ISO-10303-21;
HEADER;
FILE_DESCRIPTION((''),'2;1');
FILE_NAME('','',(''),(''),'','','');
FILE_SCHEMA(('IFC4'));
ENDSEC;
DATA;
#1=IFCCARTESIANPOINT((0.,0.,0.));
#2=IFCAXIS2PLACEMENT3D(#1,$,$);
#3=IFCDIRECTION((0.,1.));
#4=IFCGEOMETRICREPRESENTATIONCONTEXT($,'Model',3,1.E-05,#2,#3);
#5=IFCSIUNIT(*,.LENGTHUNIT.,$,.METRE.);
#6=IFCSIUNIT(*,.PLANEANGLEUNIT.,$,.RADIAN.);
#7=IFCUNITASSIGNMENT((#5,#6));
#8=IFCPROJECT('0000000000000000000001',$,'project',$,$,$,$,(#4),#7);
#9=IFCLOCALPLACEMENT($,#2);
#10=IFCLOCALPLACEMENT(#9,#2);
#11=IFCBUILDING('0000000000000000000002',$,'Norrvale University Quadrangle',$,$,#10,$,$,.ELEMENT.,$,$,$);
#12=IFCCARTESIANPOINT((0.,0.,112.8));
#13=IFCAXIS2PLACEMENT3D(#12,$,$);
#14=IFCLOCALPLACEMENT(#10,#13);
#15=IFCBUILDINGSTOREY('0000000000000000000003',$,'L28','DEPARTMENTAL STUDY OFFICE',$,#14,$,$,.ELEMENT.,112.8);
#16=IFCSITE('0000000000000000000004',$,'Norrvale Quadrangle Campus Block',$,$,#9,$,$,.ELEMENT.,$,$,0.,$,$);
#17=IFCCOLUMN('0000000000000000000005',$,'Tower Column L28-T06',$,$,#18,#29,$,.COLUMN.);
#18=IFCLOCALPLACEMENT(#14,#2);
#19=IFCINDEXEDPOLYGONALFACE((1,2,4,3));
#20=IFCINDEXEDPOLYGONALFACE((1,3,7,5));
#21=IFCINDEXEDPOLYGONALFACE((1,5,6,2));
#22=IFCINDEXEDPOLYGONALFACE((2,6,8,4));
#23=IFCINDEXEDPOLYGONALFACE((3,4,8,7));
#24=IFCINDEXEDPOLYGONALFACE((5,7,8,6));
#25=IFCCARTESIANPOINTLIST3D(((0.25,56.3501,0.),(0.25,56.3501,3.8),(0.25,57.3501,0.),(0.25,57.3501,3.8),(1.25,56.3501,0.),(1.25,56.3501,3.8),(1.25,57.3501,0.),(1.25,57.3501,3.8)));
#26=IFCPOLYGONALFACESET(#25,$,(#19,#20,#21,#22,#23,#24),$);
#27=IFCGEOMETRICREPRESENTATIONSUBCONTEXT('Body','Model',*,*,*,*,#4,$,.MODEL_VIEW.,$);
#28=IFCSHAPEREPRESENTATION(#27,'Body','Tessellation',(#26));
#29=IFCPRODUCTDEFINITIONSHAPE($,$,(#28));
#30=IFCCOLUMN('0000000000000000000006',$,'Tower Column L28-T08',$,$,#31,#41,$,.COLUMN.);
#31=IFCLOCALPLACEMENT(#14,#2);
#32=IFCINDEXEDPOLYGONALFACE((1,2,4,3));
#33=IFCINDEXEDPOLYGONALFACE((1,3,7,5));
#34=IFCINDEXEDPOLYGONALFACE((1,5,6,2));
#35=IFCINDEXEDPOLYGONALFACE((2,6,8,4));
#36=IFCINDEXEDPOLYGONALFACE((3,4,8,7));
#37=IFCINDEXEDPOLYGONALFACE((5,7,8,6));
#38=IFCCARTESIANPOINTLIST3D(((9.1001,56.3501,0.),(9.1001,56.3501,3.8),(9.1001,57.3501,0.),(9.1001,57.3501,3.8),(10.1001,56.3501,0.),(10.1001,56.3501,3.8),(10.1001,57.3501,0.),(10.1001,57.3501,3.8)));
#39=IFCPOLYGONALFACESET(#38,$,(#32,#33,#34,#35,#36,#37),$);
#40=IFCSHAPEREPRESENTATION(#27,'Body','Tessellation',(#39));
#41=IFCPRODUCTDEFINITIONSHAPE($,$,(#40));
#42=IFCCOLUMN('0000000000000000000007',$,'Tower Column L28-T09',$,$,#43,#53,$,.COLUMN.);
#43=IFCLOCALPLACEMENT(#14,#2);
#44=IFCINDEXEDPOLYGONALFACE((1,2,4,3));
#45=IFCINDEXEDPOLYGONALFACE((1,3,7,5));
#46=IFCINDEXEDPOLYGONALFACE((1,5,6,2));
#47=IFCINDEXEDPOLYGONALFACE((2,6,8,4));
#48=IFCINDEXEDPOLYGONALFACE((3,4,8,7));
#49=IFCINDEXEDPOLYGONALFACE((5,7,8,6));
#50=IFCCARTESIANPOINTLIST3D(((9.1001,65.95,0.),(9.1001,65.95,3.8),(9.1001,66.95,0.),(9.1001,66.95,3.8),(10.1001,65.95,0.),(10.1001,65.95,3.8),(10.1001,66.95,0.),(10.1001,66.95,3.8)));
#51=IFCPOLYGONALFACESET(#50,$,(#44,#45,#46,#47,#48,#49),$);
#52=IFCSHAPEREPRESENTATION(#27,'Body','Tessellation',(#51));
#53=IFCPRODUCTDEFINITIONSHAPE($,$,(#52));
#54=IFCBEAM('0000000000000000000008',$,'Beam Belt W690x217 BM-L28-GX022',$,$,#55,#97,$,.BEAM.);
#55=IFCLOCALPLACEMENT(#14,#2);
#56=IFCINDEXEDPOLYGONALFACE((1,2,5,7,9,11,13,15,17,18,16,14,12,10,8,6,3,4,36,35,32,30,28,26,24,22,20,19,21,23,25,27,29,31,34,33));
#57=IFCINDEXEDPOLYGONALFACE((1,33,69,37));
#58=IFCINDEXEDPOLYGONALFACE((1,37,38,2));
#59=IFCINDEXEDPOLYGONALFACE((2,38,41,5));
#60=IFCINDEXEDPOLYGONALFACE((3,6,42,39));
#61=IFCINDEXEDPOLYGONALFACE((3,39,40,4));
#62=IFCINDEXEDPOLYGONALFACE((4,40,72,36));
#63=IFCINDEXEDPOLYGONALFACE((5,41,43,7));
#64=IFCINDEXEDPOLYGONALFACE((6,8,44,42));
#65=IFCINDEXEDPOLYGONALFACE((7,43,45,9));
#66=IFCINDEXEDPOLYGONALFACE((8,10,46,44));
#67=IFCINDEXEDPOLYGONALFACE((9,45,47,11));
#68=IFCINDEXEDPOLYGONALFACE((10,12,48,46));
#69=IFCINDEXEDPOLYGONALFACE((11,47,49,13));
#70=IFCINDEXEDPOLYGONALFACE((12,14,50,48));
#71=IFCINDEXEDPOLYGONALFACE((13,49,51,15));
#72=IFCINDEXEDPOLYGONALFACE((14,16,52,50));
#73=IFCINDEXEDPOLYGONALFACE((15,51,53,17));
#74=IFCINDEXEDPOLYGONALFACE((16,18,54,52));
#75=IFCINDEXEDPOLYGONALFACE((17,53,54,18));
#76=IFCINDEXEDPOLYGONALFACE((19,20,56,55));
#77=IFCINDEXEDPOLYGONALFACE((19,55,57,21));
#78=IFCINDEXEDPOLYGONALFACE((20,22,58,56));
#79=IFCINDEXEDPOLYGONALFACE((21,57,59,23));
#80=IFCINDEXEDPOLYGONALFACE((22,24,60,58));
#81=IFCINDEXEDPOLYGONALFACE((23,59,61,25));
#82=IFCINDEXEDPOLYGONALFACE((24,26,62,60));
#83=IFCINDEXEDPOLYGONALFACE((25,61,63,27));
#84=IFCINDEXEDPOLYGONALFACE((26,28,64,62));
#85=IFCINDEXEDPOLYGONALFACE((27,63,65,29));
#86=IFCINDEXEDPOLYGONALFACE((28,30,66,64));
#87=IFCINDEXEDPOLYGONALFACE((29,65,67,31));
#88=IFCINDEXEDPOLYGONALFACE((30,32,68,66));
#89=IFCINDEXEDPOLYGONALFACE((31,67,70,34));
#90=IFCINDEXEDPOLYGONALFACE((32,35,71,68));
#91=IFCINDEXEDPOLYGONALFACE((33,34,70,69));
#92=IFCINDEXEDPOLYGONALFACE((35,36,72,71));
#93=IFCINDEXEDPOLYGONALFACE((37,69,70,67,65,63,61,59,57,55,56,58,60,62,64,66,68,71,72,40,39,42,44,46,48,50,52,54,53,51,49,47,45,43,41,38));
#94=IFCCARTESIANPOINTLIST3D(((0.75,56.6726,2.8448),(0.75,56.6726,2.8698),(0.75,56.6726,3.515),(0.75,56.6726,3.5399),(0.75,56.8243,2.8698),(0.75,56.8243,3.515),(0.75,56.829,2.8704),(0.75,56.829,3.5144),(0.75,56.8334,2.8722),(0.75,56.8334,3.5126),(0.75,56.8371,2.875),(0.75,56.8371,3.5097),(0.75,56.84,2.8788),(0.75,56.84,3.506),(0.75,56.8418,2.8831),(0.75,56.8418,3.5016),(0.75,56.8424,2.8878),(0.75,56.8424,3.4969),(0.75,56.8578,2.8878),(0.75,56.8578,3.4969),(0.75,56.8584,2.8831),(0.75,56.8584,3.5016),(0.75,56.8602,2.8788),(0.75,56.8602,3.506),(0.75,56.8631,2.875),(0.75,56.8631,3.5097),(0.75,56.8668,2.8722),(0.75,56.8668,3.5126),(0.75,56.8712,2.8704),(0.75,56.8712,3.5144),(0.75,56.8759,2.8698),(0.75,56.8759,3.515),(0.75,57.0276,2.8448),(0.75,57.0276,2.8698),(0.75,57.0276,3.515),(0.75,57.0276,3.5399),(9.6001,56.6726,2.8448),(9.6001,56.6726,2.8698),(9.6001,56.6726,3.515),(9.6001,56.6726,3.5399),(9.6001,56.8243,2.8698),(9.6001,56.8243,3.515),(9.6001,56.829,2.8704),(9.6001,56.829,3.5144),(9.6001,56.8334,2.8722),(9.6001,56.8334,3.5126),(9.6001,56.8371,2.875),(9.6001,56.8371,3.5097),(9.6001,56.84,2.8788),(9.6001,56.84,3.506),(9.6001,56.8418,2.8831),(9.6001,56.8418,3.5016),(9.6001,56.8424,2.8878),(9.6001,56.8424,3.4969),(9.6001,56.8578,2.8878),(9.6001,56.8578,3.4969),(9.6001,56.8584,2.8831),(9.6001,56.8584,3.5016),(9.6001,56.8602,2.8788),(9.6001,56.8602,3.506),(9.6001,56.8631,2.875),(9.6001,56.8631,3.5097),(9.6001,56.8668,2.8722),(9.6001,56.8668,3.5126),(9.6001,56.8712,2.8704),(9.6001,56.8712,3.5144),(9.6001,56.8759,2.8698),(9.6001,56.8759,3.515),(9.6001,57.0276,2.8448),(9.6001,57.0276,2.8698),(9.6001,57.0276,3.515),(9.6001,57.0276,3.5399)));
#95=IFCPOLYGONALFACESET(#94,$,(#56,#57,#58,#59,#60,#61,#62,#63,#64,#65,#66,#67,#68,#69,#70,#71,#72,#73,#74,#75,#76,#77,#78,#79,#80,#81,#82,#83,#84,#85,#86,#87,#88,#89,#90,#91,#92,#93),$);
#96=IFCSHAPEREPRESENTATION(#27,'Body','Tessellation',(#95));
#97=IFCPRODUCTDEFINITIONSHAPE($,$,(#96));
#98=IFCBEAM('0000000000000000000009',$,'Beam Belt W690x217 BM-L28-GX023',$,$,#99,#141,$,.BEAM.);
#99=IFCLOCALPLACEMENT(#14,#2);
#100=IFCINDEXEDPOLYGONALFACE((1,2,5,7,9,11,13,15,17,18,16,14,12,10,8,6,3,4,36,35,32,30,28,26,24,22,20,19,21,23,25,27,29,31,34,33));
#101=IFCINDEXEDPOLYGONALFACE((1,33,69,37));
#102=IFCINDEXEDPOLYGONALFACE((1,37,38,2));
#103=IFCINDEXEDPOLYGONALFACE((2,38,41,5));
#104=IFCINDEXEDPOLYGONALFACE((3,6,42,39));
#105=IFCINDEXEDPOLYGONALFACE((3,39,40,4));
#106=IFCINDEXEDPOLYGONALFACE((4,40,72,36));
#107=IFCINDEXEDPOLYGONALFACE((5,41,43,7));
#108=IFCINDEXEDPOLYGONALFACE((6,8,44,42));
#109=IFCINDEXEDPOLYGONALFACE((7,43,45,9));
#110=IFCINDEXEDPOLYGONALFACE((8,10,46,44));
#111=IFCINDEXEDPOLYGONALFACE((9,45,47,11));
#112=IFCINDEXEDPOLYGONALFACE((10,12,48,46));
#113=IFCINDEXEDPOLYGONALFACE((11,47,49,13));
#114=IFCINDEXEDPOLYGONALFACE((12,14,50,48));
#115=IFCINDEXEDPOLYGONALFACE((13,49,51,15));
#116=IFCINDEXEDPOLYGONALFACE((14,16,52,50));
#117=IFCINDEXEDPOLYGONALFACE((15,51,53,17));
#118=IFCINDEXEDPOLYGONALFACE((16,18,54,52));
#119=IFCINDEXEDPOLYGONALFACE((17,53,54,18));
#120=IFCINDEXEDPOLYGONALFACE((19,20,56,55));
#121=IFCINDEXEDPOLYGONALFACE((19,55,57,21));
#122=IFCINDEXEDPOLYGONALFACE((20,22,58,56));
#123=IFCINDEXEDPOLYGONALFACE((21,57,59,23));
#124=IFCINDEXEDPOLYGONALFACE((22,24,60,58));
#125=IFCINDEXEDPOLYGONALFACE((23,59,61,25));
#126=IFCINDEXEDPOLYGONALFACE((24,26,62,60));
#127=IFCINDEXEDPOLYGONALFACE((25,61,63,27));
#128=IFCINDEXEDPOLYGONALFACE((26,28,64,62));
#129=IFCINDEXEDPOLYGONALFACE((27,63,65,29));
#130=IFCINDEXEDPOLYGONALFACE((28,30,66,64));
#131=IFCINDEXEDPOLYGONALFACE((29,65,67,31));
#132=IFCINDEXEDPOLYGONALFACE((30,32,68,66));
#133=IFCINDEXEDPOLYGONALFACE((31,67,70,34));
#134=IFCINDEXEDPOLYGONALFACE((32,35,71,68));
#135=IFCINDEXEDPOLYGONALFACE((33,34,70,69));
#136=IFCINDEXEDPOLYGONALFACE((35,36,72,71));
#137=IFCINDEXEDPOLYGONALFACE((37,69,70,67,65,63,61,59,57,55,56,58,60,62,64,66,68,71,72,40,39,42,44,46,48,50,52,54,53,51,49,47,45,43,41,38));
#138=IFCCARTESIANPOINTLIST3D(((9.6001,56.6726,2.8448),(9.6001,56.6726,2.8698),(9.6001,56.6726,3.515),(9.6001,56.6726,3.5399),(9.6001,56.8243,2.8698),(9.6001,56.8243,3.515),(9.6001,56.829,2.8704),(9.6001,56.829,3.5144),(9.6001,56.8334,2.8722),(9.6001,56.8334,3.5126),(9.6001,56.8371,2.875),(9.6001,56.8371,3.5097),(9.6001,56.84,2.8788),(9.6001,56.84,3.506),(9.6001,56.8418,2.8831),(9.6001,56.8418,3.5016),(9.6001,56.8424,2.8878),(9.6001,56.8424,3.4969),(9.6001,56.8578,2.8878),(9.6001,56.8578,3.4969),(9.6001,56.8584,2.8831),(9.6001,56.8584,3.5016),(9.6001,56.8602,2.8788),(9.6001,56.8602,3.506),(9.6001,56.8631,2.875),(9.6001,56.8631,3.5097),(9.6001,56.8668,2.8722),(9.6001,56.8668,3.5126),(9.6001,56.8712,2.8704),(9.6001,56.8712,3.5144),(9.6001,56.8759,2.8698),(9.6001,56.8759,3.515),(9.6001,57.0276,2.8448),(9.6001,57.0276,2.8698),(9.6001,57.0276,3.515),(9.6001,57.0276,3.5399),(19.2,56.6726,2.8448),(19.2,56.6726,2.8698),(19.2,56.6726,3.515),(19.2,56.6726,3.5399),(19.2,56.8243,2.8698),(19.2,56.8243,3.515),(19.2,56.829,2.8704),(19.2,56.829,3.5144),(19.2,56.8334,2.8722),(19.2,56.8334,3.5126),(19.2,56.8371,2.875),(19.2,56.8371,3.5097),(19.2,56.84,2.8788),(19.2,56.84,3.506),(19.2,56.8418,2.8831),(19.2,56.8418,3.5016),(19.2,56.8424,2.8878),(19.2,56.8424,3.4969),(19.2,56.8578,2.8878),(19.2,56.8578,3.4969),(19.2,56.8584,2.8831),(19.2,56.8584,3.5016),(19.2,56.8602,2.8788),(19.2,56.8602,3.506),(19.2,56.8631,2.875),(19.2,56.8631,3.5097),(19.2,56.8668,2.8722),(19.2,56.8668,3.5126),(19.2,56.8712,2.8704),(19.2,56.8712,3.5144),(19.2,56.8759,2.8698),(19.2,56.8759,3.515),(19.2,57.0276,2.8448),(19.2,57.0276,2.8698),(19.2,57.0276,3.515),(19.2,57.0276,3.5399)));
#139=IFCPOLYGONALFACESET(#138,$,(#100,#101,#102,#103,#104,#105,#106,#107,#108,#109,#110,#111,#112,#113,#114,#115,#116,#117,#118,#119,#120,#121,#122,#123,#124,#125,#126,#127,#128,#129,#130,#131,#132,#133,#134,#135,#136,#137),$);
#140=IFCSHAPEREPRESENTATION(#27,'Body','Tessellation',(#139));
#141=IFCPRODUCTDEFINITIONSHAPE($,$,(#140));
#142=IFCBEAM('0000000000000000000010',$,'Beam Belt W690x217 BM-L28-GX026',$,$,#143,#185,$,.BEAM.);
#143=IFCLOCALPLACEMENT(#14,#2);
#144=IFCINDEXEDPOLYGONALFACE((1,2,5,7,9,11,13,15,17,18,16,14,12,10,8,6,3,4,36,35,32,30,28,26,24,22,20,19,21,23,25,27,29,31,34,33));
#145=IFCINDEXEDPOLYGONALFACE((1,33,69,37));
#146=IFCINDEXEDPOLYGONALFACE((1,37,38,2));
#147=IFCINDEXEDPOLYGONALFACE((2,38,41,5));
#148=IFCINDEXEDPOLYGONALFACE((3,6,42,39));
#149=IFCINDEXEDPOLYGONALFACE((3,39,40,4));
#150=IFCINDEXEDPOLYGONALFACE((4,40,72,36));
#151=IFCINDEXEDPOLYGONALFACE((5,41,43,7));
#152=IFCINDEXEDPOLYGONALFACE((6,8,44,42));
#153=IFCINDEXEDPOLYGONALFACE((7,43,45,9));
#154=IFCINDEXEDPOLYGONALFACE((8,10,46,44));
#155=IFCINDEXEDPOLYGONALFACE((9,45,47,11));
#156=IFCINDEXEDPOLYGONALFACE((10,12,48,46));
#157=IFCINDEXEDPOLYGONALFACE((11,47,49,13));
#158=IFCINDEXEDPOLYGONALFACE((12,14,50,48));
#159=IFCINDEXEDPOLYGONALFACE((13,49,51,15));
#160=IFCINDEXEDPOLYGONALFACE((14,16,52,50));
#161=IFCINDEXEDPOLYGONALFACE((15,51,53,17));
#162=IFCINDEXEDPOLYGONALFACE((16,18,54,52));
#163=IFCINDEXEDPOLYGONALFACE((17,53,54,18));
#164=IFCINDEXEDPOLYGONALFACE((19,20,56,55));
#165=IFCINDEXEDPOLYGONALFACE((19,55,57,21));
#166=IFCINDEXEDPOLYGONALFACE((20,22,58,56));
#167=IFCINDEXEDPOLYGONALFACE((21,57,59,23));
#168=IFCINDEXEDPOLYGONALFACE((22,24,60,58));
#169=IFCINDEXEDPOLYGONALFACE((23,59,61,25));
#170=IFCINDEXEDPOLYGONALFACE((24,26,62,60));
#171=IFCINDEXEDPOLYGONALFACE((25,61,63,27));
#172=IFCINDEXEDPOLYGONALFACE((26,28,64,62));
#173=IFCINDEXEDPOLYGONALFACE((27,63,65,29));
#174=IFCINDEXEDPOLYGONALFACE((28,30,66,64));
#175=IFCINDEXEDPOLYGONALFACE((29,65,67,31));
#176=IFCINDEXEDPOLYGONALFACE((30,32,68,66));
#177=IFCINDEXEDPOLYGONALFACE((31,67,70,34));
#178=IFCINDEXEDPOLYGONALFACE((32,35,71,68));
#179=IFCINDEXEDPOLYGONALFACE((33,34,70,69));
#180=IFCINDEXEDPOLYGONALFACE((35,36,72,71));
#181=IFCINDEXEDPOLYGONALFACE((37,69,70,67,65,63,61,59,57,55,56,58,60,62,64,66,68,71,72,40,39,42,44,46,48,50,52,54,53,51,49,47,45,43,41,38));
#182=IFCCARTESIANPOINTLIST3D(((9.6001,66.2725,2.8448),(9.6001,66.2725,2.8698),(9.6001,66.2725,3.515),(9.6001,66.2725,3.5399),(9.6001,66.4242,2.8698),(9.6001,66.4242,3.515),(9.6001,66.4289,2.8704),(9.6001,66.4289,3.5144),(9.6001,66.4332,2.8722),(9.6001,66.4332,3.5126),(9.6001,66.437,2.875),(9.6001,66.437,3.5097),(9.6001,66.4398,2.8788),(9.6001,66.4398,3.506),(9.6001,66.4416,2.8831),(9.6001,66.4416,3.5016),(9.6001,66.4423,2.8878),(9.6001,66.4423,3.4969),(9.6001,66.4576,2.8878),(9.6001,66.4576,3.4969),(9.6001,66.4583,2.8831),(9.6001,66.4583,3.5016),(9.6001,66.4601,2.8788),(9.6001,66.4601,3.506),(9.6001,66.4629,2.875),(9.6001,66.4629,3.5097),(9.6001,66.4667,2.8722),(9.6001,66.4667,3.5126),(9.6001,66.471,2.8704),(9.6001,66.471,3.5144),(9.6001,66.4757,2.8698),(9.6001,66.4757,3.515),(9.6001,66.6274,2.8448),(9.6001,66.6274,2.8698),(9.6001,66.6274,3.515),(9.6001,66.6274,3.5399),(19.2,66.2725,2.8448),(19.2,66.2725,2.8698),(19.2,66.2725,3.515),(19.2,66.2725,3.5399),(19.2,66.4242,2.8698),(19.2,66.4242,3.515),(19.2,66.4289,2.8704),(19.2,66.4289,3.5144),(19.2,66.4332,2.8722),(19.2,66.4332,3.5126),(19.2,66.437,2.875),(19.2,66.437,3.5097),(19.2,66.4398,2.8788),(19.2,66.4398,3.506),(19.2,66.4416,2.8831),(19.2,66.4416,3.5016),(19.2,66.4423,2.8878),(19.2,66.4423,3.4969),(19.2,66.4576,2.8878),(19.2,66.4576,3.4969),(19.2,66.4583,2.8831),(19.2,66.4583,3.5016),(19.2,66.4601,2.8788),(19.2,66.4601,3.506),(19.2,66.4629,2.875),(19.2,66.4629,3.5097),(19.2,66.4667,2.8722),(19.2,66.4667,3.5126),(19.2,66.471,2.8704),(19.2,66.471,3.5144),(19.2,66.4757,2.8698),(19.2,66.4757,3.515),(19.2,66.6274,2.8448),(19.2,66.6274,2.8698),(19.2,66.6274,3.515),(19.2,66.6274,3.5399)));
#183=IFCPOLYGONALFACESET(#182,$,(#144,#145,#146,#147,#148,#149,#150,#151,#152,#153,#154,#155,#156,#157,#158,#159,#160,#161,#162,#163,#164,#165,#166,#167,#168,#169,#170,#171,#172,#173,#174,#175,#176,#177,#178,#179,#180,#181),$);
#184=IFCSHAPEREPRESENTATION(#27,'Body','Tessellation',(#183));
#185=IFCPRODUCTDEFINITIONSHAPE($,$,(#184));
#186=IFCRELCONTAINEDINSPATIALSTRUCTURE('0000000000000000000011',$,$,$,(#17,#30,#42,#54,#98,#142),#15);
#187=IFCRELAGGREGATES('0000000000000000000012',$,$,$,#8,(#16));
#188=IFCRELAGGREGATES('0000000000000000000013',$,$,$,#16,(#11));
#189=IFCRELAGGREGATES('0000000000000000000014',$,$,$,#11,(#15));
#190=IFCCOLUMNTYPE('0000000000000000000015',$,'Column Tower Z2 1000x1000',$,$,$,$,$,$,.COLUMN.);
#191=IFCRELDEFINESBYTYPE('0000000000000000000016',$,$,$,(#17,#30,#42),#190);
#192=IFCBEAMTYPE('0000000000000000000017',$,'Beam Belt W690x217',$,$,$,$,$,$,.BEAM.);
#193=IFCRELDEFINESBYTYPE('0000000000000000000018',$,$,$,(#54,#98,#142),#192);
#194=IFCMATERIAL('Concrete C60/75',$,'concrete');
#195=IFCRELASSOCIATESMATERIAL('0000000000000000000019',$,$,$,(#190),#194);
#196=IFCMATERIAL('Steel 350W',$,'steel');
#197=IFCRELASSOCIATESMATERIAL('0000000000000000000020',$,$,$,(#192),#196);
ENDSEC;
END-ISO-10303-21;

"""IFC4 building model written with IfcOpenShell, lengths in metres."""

from ifc_helpers import new_model, si_unit, direction, frame, origin, origin_2d, place, context, subcontext, project, spatial, rectangle, i_section, extrude, material, material_profile, profile_set, type_object, element, save


model = new_model("IFC4")

# Units and contexts
model_context = context("Model", 3, precision=1e-05, world=origin(), true_north=direction((0.0, 1.0)))
body_context = subcontext(model_context, "Body", "Model", "MODEL_VIEW")
ifc_project = project(units=[si_unit("LENGTHUNIT", "METRE"), si_unit("PLANEANGLEUNIT", "RADIAN")], contexts=[model_context])

# Site, building, storey
site_placement = place(None, origin())
site = spatial("IfcSite", under=ifc_project, at=site_placement, Name="Norrvale Quadrangle Campus Block", CompositionType="ELEMENT", RefElevation=0.0)
building_placement = place(site_placement, origin())
building = spatial("IfcBuilding", under=site, at=building_placement, Name="Norrvale University Quadrangle", CompositionType="ELEMENT")
storey_placement = place(building_placement, frame((0.0, 0.0, 112.8)))
storey = spatial("IfcBuildingStorey", under=building, at=storey_placement, Name="L28", Description="DEPARTMENTAL STUDY OFFICE", CompositionType="ELEMENT", Elevation=112.8)

# Columns
ifc_material_1 = material(Name="Concrete C60/75", Category="concrete")
ifc_material_profile_1 = material_profile(ifc_material_1, rectangle(XDim=1.0, YDim=1.0, at=origin_2d()), Name="Concrete C60/75")
ifc_profile_set_1 = profile_set([ifc_material_profile_1], Name="Concrete C60/75")
column_type = type_object("IfcColumnType", Name="Column Tower Z2 1000x1000", PredefinedType="COLUMN", material=ifc_profile_set_1)
for number, where, z_axis, x_axis, name in (
    (1, (0.75, 56.8501, 0.0), (0.0, 0.0, 1.0), (1.0, 0.0, 0.0), "Tower Column L28-T06"),
    (2, (9.6001, 56.8501, 0.0), (0.0, 0.0, 1.0), (1.0, 0.0, 0.0), "Tower Column L28-T08"),
    (3, (9.6001, 66.45, 0.0), (0.0, 0.0, 1.0), (1.0, 0.0, 0.0), "Tower Column L28-T09"),
):
    element("IfcColumn", number, at=place(storey_placement, frame(where, z_axis=z_axis, x_axis=x_axis)), inside=storey, type_object=column_type, Name=name, PredefinedType="COLUMN", context=body_context, shape_type="SweptSolid", body=[
        extrude(rectangle(XDim=1.0, YDim=1.0, at=origin_2d()), origin(), (0.0, 0.0, 1.0), 3.8),
    ])

# Beams
ifc_material_2 = material(Name="Steel 350W", Category="steel")
ifc_material_profile_2 = material_profile(ifc_material_2, i_section(OverallWidth=0.355, OverallDepth=0.6951, WebThickness=0.0154, FlangeThickness=0.0249, FilletRadius=0.0181, at=origin_2d()), Name="Steel 350W")
ifc_profile_set_2 = profile_set([ifc_material_profile_2], Name="Steel 350W")
beam_type_1 = type_object("IfcBeamType", Name="Beam Belt W690x217", PredefinedType="BEAM", material=ifc_profile_set_2)
beam_1_placement = place(storey_placement, frame((0.75, 56.8501, 3.1924), z_axis=(1.0, 0.0, 0.0), x_axis=(0.0, 1.0, 0.0)))
element("IfcBeam", 4, at=beam_1_placement, inside=storey, type_object=beam_type_1, Name="Beam Belt W690x217 BM-L28-GX022", PredefinedType="BEAM", context=body_context, shape_type="SweptSolid", body=[
    extrude(i_section(OverallWidth=0.355, OverallDepth=0.6951, WebThickness=0.0154, FlangeThickness=0.0249, FilletRadius=0.0181, at=origin_2d()), origin(), (0.0, 0.0, 1.0), 8.8501),
])
for number, where, z_axis, x_axis, name in (
    (5, (9.6001, 56.8501, 3.1924), (1.0, 0.0, 0.0), (0.0, 1.0, 0.0), "Beam Belt W690x217 BM-L28-GX023"),
    (6, (9.6001, 66.45, 3.1924), (1.0, 0.0, 0.0), (0.0, 1.0, 0.0), "Beam Belt W690x217 BM-L28-GX026"),
):
    element("IfcBeam", number, at=place(storey_placement, frame(where, z_axis=z_axis, x_axis=x_axis)), inside=storey, type_object=beam_type_1, Name=name, PredefinedType="BEAM", context=body_context, shape_type="SweptSolid", body=[
        extrude(i_section(OverallWidth=0.355, OverallDepth=0.6951, WebThickness=0.0154, FlangeThickness=0.0249, FilletRadius=0.0181, at=origin_2d()), origin(), (0.0, 0.0, 1.0), 9.5999),
    ])

save(model, "model.ifc")
